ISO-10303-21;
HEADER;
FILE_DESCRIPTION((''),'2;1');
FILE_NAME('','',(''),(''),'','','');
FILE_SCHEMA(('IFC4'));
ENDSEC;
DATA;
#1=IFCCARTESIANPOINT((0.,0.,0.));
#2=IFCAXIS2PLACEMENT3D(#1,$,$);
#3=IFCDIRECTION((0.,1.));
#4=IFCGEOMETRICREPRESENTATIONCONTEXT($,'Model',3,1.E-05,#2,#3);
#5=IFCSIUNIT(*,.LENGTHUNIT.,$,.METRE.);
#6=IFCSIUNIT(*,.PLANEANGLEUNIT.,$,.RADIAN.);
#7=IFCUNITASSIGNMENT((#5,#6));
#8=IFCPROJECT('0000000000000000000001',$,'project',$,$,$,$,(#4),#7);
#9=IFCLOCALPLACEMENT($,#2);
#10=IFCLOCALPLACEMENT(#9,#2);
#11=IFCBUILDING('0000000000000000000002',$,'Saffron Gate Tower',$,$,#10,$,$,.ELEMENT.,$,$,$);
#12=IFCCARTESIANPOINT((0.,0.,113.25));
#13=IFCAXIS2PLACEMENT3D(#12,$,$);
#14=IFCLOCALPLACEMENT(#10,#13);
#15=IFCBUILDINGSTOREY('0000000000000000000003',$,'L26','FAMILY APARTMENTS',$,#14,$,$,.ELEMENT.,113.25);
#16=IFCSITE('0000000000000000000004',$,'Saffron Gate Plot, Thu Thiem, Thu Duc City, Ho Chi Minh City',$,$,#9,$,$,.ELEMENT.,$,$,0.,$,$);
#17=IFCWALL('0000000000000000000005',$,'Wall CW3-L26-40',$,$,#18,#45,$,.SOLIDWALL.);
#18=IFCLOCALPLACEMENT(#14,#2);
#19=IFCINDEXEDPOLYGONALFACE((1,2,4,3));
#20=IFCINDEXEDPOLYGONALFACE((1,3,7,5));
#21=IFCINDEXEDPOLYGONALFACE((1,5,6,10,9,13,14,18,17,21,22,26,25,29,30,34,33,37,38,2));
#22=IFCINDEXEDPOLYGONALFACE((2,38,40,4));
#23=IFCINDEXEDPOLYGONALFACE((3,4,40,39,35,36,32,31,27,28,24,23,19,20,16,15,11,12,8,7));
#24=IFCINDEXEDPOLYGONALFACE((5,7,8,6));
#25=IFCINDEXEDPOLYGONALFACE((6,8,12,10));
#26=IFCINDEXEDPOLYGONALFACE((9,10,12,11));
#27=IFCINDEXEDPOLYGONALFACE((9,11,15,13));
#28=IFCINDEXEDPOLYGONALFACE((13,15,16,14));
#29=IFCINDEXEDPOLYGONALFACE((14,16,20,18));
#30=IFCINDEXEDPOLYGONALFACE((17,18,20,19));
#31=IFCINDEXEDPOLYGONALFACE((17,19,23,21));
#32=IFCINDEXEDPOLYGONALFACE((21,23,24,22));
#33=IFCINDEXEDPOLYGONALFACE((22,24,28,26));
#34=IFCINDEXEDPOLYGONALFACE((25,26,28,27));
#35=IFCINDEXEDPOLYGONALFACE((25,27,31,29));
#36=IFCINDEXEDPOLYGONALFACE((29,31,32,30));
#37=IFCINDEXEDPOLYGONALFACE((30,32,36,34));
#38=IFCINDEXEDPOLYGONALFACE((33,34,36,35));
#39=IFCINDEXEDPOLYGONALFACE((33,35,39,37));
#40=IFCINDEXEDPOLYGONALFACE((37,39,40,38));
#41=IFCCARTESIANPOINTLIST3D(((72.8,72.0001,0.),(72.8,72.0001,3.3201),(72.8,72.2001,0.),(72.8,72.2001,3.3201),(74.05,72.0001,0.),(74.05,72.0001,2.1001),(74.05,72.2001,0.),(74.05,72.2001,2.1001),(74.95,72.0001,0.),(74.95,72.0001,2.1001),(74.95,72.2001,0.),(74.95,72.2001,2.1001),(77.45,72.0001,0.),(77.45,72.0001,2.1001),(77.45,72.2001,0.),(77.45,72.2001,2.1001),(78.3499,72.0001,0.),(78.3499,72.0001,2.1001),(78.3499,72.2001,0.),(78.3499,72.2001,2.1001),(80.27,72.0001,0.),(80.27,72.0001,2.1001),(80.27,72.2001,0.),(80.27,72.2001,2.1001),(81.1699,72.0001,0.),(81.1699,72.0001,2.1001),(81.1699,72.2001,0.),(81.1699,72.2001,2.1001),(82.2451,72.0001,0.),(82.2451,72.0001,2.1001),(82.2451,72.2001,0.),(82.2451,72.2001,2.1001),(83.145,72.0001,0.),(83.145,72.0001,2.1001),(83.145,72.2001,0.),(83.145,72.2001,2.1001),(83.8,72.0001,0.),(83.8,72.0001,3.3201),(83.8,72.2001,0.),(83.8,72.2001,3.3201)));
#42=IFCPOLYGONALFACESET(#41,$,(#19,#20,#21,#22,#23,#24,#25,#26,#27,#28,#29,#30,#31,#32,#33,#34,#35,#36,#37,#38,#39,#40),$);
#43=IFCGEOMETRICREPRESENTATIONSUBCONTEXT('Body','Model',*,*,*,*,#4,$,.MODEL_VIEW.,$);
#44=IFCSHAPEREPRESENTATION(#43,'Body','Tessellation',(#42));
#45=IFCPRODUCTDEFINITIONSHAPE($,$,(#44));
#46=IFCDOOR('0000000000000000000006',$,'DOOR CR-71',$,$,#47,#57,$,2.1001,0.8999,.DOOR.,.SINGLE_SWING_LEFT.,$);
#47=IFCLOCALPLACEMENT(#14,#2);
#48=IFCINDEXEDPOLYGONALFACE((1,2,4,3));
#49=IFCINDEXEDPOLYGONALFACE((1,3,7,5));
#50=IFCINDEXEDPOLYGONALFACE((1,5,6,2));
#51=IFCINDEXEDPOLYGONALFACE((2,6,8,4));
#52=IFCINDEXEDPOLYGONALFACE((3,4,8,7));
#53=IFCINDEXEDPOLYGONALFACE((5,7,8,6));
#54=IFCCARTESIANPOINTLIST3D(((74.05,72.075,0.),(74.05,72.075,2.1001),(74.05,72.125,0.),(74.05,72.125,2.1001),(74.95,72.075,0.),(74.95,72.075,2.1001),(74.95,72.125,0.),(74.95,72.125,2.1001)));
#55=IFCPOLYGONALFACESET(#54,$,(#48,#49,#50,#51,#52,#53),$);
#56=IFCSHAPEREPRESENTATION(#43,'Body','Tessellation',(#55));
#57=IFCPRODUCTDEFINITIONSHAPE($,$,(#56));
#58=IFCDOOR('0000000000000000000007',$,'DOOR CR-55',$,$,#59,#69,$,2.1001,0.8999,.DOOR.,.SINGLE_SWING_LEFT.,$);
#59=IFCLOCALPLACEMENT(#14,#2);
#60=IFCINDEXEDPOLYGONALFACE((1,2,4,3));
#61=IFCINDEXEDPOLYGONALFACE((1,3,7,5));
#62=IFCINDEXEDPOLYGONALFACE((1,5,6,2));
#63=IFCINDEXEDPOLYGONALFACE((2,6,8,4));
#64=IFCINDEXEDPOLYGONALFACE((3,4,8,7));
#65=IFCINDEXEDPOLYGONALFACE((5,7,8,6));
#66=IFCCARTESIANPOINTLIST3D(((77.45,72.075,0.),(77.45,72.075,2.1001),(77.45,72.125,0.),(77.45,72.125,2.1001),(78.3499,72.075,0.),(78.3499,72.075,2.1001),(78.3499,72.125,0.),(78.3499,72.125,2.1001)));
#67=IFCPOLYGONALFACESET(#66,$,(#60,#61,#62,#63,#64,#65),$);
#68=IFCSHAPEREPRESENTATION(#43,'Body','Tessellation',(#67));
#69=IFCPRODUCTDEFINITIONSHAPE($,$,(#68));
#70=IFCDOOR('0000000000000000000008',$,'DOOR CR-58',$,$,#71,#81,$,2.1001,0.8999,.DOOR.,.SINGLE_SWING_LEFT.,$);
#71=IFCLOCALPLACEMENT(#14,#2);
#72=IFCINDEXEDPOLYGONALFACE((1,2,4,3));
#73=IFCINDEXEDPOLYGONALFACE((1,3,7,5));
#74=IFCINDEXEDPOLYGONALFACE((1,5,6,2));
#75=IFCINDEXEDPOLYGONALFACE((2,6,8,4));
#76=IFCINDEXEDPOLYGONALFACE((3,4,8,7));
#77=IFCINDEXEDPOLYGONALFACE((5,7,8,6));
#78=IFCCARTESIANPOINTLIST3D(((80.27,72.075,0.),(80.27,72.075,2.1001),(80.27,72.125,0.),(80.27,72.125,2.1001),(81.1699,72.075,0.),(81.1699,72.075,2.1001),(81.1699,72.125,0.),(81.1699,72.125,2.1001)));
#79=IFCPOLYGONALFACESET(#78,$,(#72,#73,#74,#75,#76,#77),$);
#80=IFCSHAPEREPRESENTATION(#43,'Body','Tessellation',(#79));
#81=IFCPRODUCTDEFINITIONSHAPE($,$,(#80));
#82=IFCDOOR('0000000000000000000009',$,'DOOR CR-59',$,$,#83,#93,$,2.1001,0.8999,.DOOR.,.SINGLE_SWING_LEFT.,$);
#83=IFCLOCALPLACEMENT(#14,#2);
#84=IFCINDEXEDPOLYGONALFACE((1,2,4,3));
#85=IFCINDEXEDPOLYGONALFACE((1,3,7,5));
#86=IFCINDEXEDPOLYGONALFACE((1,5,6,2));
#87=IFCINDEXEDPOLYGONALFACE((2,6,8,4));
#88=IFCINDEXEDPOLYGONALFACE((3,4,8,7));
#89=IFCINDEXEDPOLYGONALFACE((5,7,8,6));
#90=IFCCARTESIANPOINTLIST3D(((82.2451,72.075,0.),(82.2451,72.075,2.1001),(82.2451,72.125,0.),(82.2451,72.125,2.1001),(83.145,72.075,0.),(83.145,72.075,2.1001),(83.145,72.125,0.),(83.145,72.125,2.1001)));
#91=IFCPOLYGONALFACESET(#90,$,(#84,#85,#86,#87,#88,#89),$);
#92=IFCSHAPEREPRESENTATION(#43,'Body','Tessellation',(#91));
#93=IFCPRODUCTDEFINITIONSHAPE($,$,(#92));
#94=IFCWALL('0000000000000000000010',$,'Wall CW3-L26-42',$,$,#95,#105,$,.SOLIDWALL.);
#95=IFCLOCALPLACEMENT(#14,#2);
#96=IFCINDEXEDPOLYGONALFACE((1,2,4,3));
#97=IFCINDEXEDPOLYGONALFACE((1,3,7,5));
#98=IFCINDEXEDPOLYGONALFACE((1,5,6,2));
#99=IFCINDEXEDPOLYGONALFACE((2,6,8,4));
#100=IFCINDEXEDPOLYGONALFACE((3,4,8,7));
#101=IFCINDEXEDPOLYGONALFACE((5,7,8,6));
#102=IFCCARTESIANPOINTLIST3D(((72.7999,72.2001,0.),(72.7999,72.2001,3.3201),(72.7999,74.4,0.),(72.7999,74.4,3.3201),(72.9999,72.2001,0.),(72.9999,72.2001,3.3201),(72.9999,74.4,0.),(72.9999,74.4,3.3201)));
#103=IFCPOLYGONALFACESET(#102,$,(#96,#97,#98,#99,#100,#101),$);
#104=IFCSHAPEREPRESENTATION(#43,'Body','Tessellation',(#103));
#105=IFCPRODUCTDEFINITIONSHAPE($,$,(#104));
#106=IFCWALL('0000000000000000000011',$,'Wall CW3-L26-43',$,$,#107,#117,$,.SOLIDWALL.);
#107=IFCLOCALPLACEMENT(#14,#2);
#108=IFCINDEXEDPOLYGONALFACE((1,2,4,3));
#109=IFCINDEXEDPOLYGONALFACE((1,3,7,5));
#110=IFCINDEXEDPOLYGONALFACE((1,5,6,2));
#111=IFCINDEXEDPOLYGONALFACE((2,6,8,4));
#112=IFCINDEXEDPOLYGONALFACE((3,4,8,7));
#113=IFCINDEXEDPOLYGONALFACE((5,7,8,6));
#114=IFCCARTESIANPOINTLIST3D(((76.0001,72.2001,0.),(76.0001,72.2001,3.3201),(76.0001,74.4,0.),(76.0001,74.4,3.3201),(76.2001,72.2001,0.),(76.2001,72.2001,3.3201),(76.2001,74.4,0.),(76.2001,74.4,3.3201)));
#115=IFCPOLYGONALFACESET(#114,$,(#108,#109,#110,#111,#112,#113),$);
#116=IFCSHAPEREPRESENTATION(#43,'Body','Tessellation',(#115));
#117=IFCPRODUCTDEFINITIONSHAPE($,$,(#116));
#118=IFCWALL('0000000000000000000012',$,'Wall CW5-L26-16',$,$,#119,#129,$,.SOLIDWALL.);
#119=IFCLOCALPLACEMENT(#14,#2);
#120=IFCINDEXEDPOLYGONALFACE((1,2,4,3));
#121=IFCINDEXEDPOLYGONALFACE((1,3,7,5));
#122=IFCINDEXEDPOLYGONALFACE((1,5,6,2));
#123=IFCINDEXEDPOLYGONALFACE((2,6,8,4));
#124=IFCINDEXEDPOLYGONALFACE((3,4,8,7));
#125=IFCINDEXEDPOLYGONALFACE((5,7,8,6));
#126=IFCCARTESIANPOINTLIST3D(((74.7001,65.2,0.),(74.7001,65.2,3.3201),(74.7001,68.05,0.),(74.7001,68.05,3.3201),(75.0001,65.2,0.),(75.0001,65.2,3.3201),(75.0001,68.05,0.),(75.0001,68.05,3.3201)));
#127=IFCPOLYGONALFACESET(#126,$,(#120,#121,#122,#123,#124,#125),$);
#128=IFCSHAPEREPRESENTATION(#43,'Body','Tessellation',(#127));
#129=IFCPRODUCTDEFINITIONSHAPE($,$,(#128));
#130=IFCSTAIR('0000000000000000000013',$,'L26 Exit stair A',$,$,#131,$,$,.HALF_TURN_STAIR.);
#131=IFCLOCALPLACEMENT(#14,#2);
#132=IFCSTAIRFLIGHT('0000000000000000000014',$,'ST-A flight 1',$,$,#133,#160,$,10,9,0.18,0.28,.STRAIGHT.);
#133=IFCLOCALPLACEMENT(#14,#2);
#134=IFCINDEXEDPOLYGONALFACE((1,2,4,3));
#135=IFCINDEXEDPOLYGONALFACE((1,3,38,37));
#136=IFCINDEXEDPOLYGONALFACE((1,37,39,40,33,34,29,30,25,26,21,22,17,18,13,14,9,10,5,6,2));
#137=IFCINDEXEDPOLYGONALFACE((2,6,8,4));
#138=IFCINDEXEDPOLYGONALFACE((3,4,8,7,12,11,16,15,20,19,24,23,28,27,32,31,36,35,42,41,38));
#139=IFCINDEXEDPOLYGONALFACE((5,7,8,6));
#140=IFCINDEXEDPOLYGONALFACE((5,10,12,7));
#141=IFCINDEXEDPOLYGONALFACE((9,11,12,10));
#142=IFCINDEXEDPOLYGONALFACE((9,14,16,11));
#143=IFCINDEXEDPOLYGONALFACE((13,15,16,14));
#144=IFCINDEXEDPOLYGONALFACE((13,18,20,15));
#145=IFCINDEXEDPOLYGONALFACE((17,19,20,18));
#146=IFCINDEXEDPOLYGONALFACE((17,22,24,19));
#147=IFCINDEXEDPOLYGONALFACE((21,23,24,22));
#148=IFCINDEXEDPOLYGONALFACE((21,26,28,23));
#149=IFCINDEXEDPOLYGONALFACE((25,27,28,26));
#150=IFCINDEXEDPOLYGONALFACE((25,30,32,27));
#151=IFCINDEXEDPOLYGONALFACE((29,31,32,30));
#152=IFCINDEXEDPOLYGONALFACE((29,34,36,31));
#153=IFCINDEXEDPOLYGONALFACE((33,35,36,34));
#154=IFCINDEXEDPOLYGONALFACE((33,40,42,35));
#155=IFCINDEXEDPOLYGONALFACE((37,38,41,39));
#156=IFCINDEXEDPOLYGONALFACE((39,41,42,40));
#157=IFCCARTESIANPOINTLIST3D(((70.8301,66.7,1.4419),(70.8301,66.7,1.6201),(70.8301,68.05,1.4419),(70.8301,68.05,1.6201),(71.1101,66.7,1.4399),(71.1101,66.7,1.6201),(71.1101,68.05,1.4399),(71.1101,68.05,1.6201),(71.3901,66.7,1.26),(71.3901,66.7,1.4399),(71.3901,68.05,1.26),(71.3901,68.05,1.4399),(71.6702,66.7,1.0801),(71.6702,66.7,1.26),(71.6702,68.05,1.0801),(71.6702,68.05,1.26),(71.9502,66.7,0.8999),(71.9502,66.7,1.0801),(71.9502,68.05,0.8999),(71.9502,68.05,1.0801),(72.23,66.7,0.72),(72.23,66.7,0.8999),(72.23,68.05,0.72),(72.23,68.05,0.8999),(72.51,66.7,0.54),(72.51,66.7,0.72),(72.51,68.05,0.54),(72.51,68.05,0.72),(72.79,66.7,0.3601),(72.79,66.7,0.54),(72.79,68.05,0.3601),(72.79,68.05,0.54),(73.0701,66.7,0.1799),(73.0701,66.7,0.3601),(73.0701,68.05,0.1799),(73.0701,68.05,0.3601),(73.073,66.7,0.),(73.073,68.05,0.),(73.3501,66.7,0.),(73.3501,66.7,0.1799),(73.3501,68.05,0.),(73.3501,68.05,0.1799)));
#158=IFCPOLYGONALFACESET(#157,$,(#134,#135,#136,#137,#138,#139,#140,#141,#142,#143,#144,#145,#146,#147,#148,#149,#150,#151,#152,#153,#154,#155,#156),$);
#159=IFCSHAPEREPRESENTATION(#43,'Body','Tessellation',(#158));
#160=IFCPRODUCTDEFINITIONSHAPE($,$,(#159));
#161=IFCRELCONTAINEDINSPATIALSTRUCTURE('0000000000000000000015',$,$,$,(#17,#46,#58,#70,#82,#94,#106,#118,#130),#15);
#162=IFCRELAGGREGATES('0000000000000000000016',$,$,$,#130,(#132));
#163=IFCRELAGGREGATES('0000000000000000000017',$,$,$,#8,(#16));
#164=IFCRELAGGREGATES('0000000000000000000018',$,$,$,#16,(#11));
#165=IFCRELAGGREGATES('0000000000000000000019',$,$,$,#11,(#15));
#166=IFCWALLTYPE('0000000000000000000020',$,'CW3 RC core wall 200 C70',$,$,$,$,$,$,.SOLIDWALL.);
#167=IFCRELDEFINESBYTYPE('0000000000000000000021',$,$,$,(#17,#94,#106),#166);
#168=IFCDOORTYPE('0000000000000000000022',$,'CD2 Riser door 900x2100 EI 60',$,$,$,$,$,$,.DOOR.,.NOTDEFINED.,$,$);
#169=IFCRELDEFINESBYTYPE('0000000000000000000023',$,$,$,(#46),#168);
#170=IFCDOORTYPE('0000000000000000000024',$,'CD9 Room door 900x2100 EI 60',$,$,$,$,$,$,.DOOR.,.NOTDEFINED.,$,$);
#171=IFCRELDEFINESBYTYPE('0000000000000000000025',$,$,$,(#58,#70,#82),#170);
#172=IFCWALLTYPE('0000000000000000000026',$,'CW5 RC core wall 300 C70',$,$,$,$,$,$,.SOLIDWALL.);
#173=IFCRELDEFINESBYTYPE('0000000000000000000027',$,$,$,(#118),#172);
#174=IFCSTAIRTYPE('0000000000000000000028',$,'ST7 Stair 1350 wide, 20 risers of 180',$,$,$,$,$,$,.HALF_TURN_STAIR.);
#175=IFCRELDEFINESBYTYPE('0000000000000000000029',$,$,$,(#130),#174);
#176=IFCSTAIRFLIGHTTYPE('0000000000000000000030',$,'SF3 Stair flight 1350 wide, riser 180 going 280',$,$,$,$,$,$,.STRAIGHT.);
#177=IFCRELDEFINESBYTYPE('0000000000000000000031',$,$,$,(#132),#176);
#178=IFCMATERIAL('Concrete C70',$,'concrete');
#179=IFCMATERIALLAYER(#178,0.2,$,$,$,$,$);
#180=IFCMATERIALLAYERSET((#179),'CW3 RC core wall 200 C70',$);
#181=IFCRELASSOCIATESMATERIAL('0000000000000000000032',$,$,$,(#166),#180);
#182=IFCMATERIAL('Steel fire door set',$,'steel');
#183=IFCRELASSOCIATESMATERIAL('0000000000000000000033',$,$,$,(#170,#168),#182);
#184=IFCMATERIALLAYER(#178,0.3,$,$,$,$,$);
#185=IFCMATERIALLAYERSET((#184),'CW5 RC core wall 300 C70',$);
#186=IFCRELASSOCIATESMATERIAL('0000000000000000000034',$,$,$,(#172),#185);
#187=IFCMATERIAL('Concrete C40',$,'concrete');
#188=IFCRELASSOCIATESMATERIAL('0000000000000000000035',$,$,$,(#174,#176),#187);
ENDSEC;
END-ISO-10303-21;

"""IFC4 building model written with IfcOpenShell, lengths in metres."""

from ifc_helpers import new_model, si_unit, direction, frame, frame_2d, origin, place, context, subcontext, project, spatial, polyline, rectangle, outline, extrude, material, layer, layer_set, type_object, element, fill, aggregate, save


model = new_model("IFC4")

# Units and contexts
model_context = context("Model", 3, precision=1e-05, world=origin(), true_north=direction((0.0, 1.0)))
body_context = subcontext(model_context, "Body", "Model", "MODEL_VIEW")
ifc_project = project(units=[si_unit("LENGTHUNIT", "METRE"), si_unit("PLANEANGLEUNIT", "RADIAN")], contexts=[model_context])

# Site, building, storey
site_placement = place(None, origin())
site = spatial("IfcSite", under=ifc_project, at=site_placement, Name="Saffron Gate Plot, Thu Thiem, Thu Duc City, Ho Chi Minh City", CompositionType="ELEMENT", RefElevation=0.0)
building_placement = place(site_placement, origin())
building = spatial("IfcBuilding", under=site, at=building_placement, Name="Saffron Gate Tower", CompositionType="ELEMENT")
storey_placement = place(building_placement, frame((0.0, 0.0, 113.25)))
storey = spatial("IfcBuildingStorey", under=building, at=storey_placement, Name="L26", Description="FAMILY APARTMENTS", CompositionType="ELEMENT", Elevation=113.25)

# Shared definitions
ifc_material_1 = material(Name="Concrete C70", Category="concrete")

# Shared definitions
ifc_layer_1 = layer(ifc_material_1, 0.2)
ifc_layer_set_1 = layer_set([ifc_layer_1], Name="CW3 RC core wall 200 C70")
wall_type_1 = type_object("IfcWallType", Name="CW3 RC core wall 200 C70", PredefinedType="SOLIDWALL", material=ifc_layer_set_1)
ifc_material_2 = material(Name="Steel fire door set", Category="steel")
door_type_1 = type_object("IfcDoorType", Name="CD9 Room door 900x2100 EI 60", OperationType="NOTDEFINED", PredefinedType="DOOR", material=ifc_material_2)

# Wall, openings, doors
wall_1_placement = place(storey_placement, frame((72.8, 72.1001, 0.0), z_axis=(0.0, 0.0, 1.0), x_axis=(1.0, 0.0, 0.0)))
wall_1 = element("IfcWall", 1, at=wall_1_placement, inside=storey, type_object=wall_type_1, Name="Wall CW3-L26-40", PredefinedType="SOLIDWALL", context=body_context, shape_type="SweptSolid", body=[
    extrude(rectangle(XDim=11.0, YDim=0.2, at=frame_2d((5.5, 0.0))), origin(), (0.0, 0.0, 1.0), 3.3201),
])
opening_1_placement = place(wall_1_placement, frame((1.25, 0.0, 0.0)))
opening_1 = element("IfcOpeningElement", 2, at=opening_1_placement, cuts=wall_1, PredefinedType="OPENING", context=body_context, shape_type="SweptSolid", body=[
    extrude(rectangle(XDim=0.8999, YDim=2.1001, at=frame_2d((0.45, 1.05))), frame((0.0, 0.1099, 0.0), z_axis=(0.0, -1.0, 0.0), x_axis=(1.0, 0.0, 0.0)), (0.0, 0.0, 1.0), 0.22),
])
opening_2_placement = place(wall_1_placement, frame((4.6499, 0.0, 0.0)))
opening_2 = element("IfcOpeningElement", 3, at=opening_2_placement, cuts=wall_1, PredefinedType="OPENING", context=body_context, shape_type="SweptSolid", body=[
    extrude(rectangle(XDim=0.8999, YDim=2.1001, at=frame_2d((0.45, 1.05))), frame((0.0, 0.1099, 0.0), z_axis=(0.0, -1.0, 0.0), x_axis=(1.0, 0.0, 0.0)), (0.0, 0.0, 1.0), 0.22),
])
opening_3_placement = place(wall_1_placement, frame((7.47, 0.0, 0.0)))
opening_3 = element("IfcOpeningElement", 4, at=opening_3_placement, cuts=wall_1, PredefinedType="OPENING", context=body_context, shape_type="SweptSolid", body=[
    extrude(rectangle(XDim=0.8999, YDim=2.1001, at=frame_2d((0.45, 1.05))), frame((0.0, 0.1099, 0.0), z_axis=(0.0, -1.0, 0.0), x_axis=(1.0, 0.0, 0.0)), (0.0, 0.0, 1.0), 0.22),
])
opening_4_placement = place(wall_1_placement, frame((9.4451, 0.0, 0.0)))
opening_4 = element("IfcOpeningElement", 5, at=opening_4_placement, cuts=wall_1, PredefinedType="OPENING", context=body_context, shape_type="SweptSolid", body=[
    extrude(rectangle(XDim=0.8999, YDim=2.1001, at=frame_2d((0.45, 1.05))), frame((0.0, 0.1099, 0.0), z_axis=(0.0, -1.0, 0.0), x_axis=(1.0, 0.0, 0.0)), (0.0, 0.0, 1.0), 0.22),
])
door_type_2 = type_object("IfcDoorType", Name="CD2 Riser door 900x2100 EI 60", OperationType="NOTDEFINED", PredefinedType="DOOR", material=ifc_material_2)
door_1_placement = place(opening_1_placement, origin())
door_1 = element("IfcDoor", 6, at=door_1_placement, inside=storey, type_object=door_type_2, Name="DOOR CR-71", OperationType="SINGLE_SWING_LEFT", OverallHeight=2.1001, OverallWidth=0.8999, PredefinedType="DOOR", context=body_context, shape_type="SweptSolid", body=[
    extrude(rectangle(XDim=0.8999, YDim=2.1001, at=frame_2d((0.45, 1.05))), frame((0.0, 0.0249, 0.0), z_axis=(0.0, -1.0, 0.0), x_axis=(1.0, 0.0, 0.0)), (0.0, 0.0, 1.0), 0.05),
])
fill(opening_1, door_1)
door_2_placement = place(opening_2_placement, origin())
door_2 = element("IfcDoor", 7, at=door_2_placement, inside=storey, type_object=door_type_1, Name="DOOR CR-55", OperationType="SINGLE_SWING_LEFT", OverallHeight=2.1001, OverallWidth=0.8999, PredefinedType="DOOR", context=body_context, shape_type="SweptSolid", body=[
    extrude(rectangle(XDim=0.8999, YDim=2.1001, at=frame_2d((0.45, 1.05))), frame((0.0, 0.0249, 0.0), z_axis=(0.0, -1.0, 0.0), x_axis=(1.0, 0.0, 0.0)), (0.0, 0.0, 1.0), 0.05),
])
fill(opening_2, door_2)
door_3_placement = place(opening_3_placement, origin())
door_3 = element("IfcDoor", 8, at=door_3_placement, inside=storey, type_object=door_type_1, Name="DOOR CR-58", OperationType="SINGLE_SWING_LEFT", OverallHeight=2.1001, OverallWidth=0.8999, PredefinedType="DOOR", context=body_context, shape_type="SweptSolid", body=[
    extrude(rectangle(XDim=0.8999, YDim=2.1001, at=frame_2d((0.45, 1.05))), frame((0.0, 0.0249, 0.0), z_axis=(0.0, -1.0, 0.0), x_axis=(1.0, 0.0, 0.0)), (0.0, 0.0, 1.0), 0.05),
])
fill(opening_3, door_3)
door_4_placement = place(opening_4_placement, origin())
door_4 = element("IfcDoor", 9, at=door_4_placement, inside=storey, type_object=door_type_1, Name="DOOR CR-59", OperationType="SINGLE_SWING_LEFT", OverallHeight=2.1001, OverallWidth=0.8999, PredefinedType="DOOR", context=body_context, shape_type="SweptSolid", body=[
    extrude(rectangle(XDim=0.8999, YDim=2.1001, at=frame_2d((0.45, 1.05))), frame((0.0, 0.0249, 0.0), z_axis=(0.0, -1.0, 0.0), x_axis=(1.0, 0.0, 0.0)), (0.0, 0.0, 1.0), 0.05),
])
fill(opening_4, door_4)

# Walls
for number, where, z_axis, x_axis, name in (
    (10, (72.8999, 72.2, 0.0), (0.0, 0.0, 1.0), (0.0, 1.0, 0.0), "Wall CW3-L26-42"),
    (11, (76.1001, 72.2, 0.0), (0.0, 0.0, 1.0), (0.0, 1.0, 0.0), "Wall CW3-L26-43"),
):
    element("IfcWall", number, at=place(storey_placement, frame(where, z_axis=z_axis, x_axis=x_axis)), inside=storey, type_object=wall_type_1, Name=name, PredefinedType="SOLIDWALL", context=body_context, shape_type="SweptSolid", body=[
        extrude(rectangle(XDim=2.2, YDim=0.2, at=frame_2d((1.1001, 0.0))), origin(), (0.0, 0.0, 1.0), 3.3201),
    ])
ifc_layer_2 = layer(ifc_material_1, 0.3)
ifc_layer_set_2 = layer_set([ifc_layer_2], Name="CW5 RC core wall 300 C70")
wall_type_2 = type_object("IfcWallType", Name="CW5 RC core wall 300 C70", PredefinedType="SOLIDWALL", material=ifc_layer_set_2)
wall_2_placement = place(storey_placement, frame((74.8501, 65.2, 0.0), z_axis=(0.0, 0.0, 1.0), x_axis=(0.0, 1.0, 0.0)))
element("IfcWall", 12, at=wall_2_placement, inside=storey, type_object=wall_type_2, Name="Wall CW5-L26-16", PredefinedType="SOLIDWALL", context=body_context, shape_type="SweptSolid", body=[
    extrude(rectangle(XDim=2.8501, YDim=0.3, at=frame_2d((1.425, 0.0))), origin(), (0.0, 0.0, 1.0), 3.3201),
])

# Stair, stair flight
ifc_material_3 = material(Name="Concrete C40", Category="concrete")
stair_type = type_object("IfcStairType", Name="ST7 Stair 1350 wide, 20 risers of 180", PredefinedType="HALF_TURN_STAIR", material=ifc_material_3)
stair_placement = place(storey_placement, origin())
stair = element("IfcStair", 13, at=stair_placement, inside=storey, type_object=stair_type, Name="L26 Exit stair A", PredefinedType="HALF_TURN_STAIR")
stair_flight_type = type_object("IfcStairFlightType", Name="SF3 Stair flight 1350 wide, riser 180 going 280", PredefinedType="STRAIGHT", material=ifc_material_3)
stair_flight_1_placement = place(storey_placement, frame((73.3501, 67.375, 0.0), z_axis=(0.0, 0.0, 1.0), x_axis=(-1.0, 0.0, 0.0)))
stair_flight_1 = element("IfcStairFlight", 14, at=stair_flight_1_placement, type_object=stair_flight_type, Name="ST-A flight 1", NumberOfRisers=10, NumberOfTreads=9, PredefinedType="STRAIGHT", RiserHeight=0.18, TreadLength=0.28, context=body_context, shape_type="SweptSolid", body=[
    extrude(outline(polyline([(0.0, 0.0), (0.0, 0.1799), (0.28, 0.1799), (0.28, 0.3601), (0.5601, 0.3601), (0.5601, 0.54), (0.8401, 0.54), (0.8401, 0.72), (1.1201, 0.72), (1.1201, 0.8999), (1.3999, 0.8999), (1.3999, 1.0801), (1.6799, 1.0801), (1.6799, 1.26), (1.96, 1.26), (1.96, 1.4399), (2.24, 1.4399), (2.24, 1.6201), (2.52, 1.6201), (2.52, 1.8), (2.52, 1.4419), (0.2771, 0.0), (0.0, 0.0)])), frame((0.0, 0.675, 0.0), z_axis=(0.0, -1.0, 0.0), x_axis=(1.0, 0.0, 0.0)), (0.0, 0.0, 1.0), 1.3501),
])
aggregate(stair, [stair_flight_1])

save(model, "model.ifc")
